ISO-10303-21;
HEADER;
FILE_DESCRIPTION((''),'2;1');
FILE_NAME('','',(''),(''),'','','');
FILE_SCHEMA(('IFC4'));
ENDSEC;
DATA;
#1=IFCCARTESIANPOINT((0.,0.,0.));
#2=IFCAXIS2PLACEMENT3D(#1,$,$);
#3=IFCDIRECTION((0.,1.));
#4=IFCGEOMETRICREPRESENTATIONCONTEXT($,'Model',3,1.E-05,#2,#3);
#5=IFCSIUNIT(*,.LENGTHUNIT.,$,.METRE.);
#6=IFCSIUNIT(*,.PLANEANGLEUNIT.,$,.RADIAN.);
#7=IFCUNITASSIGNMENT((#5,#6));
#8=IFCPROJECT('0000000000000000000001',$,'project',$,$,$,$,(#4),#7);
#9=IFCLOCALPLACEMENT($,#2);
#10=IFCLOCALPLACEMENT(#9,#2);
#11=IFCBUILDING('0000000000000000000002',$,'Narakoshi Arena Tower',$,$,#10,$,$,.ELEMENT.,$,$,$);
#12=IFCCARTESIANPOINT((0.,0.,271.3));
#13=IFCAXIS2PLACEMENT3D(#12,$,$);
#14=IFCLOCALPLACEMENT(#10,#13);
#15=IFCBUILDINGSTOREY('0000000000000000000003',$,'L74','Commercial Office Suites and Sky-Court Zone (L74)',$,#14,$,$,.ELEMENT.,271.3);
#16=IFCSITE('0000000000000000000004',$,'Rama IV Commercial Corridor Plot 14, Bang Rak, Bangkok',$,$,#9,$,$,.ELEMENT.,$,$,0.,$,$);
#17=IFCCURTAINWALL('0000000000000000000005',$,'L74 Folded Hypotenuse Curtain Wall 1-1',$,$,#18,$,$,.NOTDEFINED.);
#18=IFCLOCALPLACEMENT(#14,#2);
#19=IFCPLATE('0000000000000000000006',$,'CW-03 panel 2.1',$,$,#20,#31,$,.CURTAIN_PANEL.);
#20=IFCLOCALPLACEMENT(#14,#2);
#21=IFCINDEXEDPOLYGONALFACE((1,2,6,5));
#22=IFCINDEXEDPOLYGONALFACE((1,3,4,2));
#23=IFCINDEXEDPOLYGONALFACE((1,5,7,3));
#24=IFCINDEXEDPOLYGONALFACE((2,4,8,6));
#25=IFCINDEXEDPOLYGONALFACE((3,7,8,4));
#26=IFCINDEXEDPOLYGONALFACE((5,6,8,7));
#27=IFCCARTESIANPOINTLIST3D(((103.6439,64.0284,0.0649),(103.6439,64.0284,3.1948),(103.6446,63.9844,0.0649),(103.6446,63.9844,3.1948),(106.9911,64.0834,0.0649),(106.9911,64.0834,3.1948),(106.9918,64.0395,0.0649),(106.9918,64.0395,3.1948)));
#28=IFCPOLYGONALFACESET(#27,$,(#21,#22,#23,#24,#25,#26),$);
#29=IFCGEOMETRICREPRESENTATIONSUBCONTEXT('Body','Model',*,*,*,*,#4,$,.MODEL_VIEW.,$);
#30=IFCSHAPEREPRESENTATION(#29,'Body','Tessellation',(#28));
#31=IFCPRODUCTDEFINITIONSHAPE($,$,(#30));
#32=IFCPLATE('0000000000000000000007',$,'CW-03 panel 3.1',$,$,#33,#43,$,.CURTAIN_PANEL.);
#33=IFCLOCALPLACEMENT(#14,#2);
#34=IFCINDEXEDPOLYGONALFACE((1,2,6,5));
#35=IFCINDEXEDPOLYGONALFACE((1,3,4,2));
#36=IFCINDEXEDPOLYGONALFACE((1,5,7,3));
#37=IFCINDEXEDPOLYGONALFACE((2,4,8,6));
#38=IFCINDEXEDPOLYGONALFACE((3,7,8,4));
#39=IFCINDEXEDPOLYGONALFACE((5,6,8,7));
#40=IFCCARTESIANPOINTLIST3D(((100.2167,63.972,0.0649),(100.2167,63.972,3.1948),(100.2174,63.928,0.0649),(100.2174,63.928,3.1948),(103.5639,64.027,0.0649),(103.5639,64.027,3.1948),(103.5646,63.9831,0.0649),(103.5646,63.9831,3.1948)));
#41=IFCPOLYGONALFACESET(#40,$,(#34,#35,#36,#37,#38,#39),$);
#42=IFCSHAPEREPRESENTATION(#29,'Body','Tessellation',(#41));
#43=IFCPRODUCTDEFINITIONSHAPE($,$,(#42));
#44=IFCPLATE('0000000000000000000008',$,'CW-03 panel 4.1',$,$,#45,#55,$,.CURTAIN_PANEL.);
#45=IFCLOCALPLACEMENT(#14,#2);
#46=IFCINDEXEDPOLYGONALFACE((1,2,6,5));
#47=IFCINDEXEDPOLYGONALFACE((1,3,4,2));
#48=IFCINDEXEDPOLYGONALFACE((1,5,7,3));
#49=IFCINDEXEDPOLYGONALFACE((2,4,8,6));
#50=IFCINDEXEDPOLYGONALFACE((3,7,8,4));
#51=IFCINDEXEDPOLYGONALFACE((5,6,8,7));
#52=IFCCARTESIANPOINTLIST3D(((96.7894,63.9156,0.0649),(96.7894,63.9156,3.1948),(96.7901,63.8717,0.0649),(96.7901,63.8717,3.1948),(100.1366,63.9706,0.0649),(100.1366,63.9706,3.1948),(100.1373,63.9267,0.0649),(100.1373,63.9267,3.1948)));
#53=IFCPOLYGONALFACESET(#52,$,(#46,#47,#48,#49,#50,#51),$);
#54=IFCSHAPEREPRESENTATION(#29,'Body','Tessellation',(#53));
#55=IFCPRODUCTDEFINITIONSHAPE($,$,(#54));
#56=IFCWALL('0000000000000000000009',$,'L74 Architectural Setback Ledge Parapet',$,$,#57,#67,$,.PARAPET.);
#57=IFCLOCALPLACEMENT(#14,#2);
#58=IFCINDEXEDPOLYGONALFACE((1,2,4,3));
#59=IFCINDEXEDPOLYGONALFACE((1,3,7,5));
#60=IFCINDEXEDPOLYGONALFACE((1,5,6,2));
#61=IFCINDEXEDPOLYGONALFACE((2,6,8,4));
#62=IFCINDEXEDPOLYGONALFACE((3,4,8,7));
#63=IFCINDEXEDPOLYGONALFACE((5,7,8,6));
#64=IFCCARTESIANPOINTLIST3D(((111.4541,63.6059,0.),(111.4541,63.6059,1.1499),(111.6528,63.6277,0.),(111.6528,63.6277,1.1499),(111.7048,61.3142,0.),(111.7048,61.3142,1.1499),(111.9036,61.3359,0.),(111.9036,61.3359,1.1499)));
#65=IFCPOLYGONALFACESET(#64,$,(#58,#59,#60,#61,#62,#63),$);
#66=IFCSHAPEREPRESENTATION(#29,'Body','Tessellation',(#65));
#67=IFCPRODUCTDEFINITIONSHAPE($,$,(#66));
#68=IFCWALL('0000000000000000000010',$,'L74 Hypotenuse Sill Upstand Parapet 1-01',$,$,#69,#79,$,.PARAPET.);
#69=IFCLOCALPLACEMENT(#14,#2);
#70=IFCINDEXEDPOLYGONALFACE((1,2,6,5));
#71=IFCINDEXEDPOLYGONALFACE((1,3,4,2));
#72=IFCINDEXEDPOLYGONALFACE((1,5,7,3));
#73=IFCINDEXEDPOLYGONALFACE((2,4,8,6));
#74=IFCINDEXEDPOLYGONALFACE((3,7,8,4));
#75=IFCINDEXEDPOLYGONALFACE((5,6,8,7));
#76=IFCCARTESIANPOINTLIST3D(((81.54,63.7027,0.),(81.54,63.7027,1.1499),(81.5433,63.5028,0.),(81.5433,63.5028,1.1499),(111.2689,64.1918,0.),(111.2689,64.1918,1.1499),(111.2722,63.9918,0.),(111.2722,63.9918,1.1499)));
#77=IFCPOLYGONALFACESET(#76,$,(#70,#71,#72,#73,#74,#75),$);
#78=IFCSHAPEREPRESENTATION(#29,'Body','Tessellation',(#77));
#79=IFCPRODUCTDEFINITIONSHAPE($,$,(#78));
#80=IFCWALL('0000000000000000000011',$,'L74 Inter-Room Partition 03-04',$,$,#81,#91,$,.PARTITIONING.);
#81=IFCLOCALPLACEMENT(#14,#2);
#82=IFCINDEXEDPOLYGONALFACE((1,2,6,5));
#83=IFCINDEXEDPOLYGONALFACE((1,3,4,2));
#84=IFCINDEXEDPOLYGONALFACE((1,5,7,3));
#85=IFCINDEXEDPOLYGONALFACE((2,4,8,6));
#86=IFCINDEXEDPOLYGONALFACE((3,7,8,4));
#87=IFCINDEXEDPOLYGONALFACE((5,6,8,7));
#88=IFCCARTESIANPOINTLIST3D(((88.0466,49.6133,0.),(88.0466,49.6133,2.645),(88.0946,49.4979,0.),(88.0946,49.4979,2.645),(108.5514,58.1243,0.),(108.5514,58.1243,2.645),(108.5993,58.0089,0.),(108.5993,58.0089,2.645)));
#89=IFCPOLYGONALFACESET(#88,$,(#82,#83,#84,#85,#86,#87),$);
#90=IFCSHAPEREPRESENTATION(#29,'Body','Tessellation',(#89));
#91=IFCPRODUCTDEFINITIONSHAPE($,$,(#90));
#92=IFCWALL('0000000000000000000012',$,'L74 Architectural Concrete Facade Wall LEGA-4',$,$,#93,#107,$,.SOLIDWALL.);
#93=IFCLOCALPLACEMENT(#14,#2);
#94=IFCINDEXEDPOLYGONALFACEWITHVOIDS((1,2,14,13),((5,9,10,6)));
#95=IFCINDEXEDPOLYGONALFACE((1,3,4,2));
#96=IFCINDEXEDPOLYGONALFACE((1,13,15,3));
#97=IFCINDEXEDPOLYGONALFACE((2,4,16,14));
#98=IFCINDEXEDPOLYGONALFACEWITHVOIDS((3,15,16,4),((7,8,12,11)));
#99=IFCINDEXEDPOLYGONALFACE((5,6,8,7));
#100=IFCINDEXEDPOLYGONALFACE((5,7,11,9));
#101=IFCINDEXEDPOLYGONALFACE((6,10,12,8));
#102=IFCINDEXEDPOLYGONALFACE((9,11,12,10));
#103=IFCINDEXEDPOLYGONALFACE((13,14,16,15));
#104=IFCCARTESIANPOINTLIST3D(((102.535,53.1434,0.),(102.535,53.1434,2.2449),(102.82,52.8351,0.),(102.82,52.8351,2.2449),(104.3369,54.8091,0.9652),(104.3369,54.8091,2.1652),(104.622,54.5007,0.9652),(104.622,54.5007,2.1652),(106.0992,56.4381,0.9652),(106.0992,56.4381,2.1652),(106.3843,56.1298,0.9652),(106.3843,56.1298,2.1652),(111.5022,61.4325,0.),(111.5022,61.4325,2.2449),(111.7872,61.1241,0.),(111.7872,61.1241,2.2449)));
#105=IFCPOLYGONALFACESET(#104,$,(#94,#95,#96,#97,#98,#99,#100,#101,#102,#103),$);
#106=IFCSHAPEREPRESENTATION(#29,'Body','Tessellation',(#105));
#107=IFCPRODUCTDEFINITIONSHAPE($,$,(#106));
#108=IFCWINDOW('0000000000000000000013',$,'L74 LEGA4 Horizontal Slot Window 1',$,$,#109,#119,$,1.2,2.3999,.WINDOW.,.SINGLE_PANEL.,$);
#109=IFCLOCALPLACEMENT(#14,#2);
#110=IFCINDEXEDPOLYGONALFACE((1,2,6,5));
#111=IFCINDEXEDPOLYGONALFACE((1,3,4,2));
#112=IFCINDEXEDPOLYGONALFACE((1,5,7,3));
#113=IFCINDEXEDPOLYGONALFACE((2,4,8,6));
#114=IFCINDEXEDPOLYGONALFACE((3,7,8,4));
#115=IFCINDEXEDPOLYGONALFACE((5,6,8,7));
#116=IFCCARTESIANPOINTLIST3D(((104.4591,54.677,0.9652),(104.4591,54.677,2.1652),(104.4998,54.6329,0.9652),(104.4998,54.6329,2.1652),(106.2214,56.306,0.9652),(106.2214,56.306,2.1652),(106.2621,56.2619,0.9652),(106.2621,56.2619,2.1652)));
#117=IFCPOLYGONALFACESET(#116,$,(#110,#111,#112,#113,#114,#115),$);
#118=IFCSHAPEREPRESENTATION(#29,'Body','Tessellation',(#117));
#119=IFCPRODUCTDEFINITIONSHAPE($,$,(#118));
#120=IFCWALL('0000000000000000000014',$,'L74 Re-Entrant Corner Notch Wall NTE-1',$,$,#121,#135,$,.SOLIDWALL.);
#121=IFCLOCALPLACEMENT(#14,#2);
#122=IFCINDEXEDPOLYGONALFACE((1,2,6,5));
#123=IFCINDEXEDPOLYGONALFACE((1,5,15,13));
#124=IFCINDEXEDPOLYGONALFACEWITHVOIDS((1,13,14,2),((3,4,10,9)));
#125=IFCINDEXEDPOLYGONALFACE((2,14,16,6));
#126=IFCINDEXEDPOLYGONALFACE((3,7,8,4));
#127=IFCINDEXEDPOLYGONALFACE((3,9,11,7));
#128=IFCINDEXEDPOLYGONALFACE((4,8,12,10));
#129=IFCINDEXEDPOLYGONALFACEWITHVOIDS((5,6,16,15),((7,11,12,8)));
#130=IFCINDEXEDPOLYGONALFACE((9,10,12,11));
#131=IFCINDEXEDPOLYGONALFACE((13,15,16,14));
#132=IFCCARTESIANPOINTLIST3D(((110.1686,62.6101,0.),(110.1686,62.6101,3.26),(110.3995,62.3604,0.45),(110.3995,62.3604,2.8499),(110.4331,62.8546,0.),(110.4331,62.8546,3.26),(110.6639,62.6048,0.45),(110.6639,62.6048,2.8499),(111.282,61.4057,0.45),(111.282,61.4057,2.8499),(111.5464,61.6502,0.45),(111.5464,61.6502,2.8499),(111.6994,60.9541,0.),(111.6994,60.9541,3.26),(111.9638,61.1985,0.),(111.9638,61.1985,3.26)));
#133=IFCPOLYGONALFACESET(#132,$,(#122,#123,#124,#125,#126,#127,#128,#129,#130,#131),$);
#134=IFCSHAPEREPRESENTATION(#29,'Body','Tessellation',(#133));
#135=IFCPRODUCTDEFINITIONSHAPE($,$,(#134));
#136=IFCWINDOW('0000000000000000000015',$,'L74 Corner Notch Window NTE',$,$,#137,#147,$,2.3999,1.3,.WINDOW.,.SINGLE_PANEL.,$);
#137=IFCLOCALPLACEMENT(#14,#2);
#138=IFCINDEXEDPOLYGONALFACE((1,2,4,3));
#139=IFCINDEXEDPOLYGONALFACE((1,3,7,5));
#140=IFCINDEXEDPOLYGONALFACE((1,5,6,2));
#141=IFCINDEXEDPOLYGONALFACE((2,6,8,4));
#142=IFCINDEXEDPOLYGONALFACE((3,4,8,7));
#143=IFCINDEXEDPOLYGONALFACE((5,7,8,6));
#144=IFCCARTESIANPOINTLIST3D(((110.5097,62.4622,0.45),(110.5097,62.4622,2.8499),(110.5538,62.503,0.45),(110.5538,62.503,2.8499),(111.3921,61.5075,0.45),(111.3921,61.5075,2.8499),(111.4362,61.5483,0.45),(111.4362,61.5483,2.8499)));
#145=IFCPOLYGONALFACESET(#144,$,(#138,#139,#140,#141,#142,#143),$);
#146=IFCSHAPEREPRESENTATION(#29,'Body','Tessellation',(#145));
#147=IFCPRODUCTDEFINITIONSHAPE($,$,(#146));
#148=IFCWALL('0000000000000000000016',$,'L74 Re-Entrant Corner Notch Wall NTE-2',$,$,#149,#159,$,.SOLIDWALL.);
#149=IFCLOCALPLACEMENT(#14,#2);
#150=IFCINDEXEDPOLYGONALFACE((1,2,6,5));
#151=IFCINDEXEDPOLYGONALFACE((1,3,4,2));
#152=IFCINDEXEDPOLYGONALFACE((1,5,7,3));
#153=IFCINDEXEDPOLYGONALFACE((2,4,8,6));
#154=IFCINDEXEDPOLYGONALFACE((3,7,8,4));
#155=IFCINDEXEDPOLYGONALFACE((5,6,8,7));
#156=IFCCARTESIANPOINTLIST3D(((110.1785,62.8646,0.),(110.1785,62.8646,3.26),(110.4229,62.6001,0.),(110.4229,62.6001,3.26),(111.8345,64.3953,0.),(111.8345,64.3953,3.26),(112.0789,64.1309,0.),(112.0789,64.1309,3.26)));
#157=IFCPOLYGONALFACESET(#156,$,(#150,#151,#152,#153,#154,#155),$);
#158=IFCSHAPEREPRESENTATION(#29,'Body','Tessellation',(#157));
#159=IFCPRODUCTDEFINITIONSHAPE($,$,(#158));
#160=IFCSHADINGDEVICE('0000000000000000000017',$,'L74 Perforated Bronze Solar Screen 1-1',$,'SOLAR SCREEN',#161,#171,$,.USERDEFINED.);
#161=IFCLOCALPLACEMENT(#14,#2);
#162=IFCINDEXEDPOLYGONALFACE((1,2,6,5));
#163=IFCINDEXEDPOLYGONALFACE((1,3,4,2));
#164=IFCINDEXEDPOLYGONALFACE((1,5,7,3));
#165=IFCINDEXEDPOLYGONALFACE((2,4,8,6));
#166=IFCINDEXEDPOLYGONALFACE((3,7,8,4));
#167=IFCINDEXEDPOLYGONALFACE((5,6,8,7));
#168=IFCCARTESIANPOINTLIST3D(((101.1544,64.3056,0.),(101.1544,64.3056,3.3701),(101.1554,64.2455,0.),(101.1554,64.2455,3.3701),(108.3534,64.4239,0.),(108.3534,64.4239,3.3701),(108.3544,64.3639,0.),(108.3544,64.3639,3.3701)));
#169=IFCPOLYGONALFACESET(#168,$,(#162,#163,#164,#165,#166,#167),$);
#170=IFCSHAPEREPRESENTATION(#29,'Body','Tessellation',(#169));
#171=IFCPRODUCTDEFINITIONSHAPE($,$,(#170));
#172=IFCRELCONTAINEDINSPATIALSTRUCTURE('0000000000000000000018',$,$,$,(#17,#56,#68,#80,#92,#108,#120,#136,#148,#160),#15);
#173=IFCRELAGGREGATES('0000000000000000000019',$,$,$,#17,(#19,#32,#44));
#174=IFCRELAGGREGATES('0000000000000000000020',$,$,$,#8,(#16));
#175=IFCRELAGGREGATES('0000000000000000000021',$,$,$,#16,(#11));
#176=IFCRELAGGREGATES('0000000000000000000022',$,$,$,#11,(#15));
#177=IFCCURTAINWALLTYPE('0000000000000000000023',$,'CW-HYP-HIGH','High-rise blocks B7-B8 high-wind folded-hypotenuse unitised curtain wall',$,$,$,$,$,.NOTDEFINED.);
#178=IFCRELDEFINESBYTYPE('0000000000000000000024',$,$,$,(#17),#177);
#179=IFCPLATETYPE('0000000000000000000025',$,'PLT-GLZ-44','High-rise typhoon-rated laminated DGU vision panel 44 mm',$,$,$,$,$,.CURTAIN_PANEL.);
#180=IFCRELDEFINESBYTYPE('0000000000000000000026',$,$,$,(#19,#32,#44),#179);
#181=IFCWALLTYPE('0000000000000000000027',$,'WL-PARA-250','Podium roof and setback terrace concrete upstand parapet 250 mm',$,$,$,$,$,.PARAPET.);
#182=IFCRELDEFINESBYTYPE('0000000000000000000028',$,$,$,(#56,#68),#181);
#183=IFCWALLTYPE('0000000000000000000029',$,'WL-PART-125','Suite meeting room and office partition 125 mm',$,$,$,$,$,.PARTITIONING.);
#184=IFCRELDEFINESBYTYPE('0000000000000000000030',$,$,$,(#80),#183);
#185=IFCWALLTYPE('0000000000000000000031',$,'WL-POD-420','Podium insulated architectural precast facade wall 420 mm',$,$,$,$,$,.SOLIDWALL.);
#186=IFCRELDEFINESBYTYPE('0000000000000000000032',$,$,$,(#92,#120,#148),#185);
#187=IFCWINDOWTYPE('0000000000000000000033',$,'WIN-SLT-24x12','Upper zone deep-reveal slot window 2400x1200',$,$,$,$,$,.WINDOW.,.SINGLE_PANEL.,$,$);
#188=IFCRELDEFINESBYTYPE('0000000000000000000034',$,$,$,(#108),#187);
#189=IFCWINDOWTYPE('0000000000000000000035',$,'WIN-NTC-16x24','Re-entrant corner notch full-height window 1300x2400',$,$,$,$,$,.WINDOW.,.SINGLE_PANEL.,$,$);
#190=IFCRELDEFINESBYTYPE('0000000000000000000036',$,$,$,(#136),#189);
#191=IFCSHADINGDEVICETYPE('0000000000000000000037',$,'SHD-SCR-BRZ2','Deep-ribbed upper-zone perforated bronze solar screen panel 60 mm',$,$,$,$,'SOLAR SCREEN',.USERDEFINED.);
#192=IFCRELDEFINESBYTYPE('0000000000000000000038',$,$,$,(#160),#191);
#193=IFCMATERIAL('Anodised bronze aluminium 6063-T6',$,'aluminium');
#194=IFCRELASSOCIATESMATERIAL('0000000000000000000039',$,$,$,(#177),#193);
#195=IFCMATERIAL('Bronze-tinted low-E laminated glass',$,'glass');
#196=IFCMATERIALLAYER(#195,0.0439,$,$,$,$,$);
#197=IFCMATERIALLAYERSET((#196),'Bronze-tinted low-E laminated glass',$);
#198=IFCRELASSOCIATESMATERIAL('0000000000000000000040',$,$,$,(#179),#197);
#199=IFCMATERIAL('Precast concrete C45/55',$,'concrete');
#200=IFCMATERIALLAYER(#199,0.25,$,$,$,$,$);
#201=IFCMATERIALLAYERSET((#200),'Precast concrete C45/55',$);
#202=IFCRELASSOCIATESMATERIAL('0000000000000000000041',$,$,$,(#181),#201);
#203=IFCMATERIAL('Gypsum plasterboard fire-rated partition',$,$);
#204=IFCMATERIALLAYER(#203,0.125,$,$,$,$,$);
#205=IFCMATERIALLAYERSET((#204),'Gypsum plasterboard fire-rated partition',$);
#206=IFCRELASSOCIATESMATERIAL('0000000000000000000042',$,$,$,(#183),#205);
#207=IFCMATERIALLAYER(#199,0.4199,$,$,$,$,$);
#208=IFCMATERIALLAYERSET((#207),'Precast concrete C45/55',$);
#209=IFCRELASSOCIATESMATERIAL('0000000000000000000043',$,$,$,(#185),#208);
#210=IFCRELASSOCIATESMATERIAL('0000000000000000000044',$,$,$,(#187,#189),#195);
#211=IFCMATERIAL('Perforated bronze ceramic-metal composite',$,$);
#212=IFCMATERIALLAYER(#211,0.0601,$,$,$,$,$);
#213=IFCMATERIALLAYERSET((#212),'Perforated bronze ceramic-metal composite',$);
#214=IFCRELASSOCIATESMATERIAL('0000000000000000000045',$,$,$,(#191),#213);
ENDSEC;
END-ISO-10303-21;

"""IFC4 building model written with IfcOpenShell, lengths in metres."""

from ifc_helpers import new_model, si_unit, direction, frame, frame_2d, origin, origin_2d, place, context, subcontext, project, spatial, rectangle, extrude, material, layer, layer_set, type_object, element, fill, aggregate, save


model = new_model("IFC4")

# Units and contexts
model_context = context("Model", 3, precision=1e-05, world=origin(), true_north=direction((0.0, 1.0)))
body_context = subcontext(model_context, "Body", "Model", "MODEL_VIEW")
ifc_project = project(units=[si_unit("LENGTHUNIT", "METRE"), si_unit("PLANEANGLEUNIT", "RADIAN")], contexts=[model_context])

# Site, building, storey
site_placement = place(None, origin())
site = spatial("IfcSite", under=ifc_project, at=site_placement, Name="Rama IV Commercial Corridor Plot 14, Bang Rak, Bangkok", CompositionType="ELEMENT", RefElevation=0.0)
building_placement = place(site_placement, origin())
building = spatial("IfcBuilding", under=site, at=building_placement, Name="Narakoshi Arena Tower", CompositionType="ELEMENT")
storey_placement = place(building_placement, frame((0.0, 0.0, 271.3)))
storey = spatial("IfcBuildingStorey", under=building, at=storey_placement, Name="L74", Description="Commercial Office Suites and Sky-Court Zone (L74)", CompositionType="ELEMENT", Elevation=271.3)

# Curtain wall, plates
ifc_material_1 = material(Name="Anodised bronze aluminium 6063-T6", Category="aluminium")
curtain_wall_type = type_object("IfcCurtainWallType", Name="CW-HYP-HIGH", Description="High-rise blocks B7-B8 high-wind folded-hypotenuse unitised curtain wall", PredefinedType="NOTDEFINED", material=ifc_material_1)
curtain_wall_placement = place(storey_placement, origin())
curtain_wall = element("IfcCurtainWall", 1, at=curtain_wall_placement, inside=storey, type_object=curtain_wall_type, Name="L74 Folded Hypotenuse Curtain Wall 1-1", PredefinedType="NOTDEFINED")
ifc_material_2 = material(Name="Bronze-tinted low-E laminated glass", Category="glass")
ifc_layer_1 = layer(ifc_material_2, 0.0439)
ifc_layer_set_1 = layer_set([ifc_layer_1], Name="Bronze-tinted low-E laminated glass")
plate_type = type_object("IfcPlateType", Name="PLT-GLZ-44", Description="High-rise typhoon-rated laminated DGU vision panel 44 mm", PredefinedType="CURTAIN_PANEL", material=ifc_layer_set_1)
plate_1_placement = place(storey_placement, frame((105.3179, 64.0339, 0.0649), z_axis=(0.0, 0.0, 1.0), x_axis=(-0.999865, -0.016443, 0.0)))
plate_1 = element("IfcPlate", 2, at=plate_1_placement, type_object=plate_type, Name="CW-03 panel 2.1", PredefinedType="CURTAIN_PANEL", context=body_context, shape_type="SweptSolid", body=[
    extrude(rectangle(XDim=3.3477, YDim=0.0439, at=origin_2d()), origin(), (0.0, 0.0, 1.0), 3.1299),
])
plate_2_placement = place(storey_placement, frame((101.8906, 63.9775, 0.0649), z_axis=(0.0, 0.0, 1.0), x_axis=(-0.999865, -0.016443, 0.0)))
plate_2 = element("IfcPlate", 3, at=plate_2_placement, type_object=plate_type, Name="CW-03 panel 3.1", PredefinedType="CURTAIN_PANEL", context=body_context, shape_type="SweptSolid", body=[
    extrude(rectangle(XDim=3.3477, YDim=0.0439, at=origin_2d()), origin(), (0.0, 0.0, 1.0), 3.1299),
])
plate_3_placement = place(storey_placement, frame((98.4634, 63.9211, 0.0649), z_axis=(0.0, 0.0, 1.0), x_axis=(-0.999865, -0.016443, 0.0)))
plate_3 = element("IfcPlate", 4, at=plate_3_placement, type_object=plate_type, Name="CW-03 panel 4.1", PredefinedType="CURTAIN_PANEL", context=body_context, shape_type="SweptSolid", body=[
    extrude(rectangle(XDim=3.3477, YDim=0.0439, at=origin_2d()), origin(), (0.0, 0.0, 1.0), 3.1299),
])
aggregate(curtain_wall, [plate_1, plate_2, plate_3])

# Walls
ifc_material_3 = material(Name="Precast concrete C45/55", Category="concrete")
ifc_layer_2 = layer(ifc_material_3, 0.25)
ifc_layer_set_2 = layer_set([ifc_layer_2], Name="Precast concrete C45/55")
wall_type_1 = type_object("IfcWallType", Name="WL-PARA-250", Description="Podium roof and setback terrace concrete upstand parapet 250 mm", PredefinedType="PARAPET", material=ifc_layer_set_2)
wall_1_placement = place(storey_placement, frame((111.8042, 61.325, 0.0), z_axis=(0.0, 0.0, 1.0), x_axis=(-0.108758, 0.994068, 0.0)))
element("IfcWall", 5, at=wall_1_placement, inside=storey, type_object=wall_type_1, Name="L74 Architectural Setback Ledge Parapet", PredefinedType="PARAPET", context=body_context, shape_type="SweptSolid", body=[
    extrude(rectangle(XDim=2.3054, YDim=0.2, at=frame_2d((1.1528, 0.0))), origin(), (0.0, 0.0, 1.0), 1.1499),
])
wall_2_placement = place(storey_placement, frame((111.2705, 64.0918, 0.0), z_axis=(0.0, 0.0, 1.0), x_axis=(-0.999865, -0.016447, 0.0)))
element("IfcWall", 6, at=wall_2_placement, inside=storey, type_object=wall_type_1, Name="L74 Hypotenuse Sill Upstand Parapet 1-01", PredefinedType="PARAPET", context=body_context, shape_type="SweptSolid", body=[
    extrude(rectangle(XDim=29.7329, YDim=0.2, at=frame_2d((14.8665, 0.0))), origin(), (0.0, 0.0, 1.0), 1.1499),
])
ifc_material_4 = material(Name="Gypsum plasterboard fire-rated partition")
ifc_layer_3 = layer(ifc_material_4, 0.125)
ifc_layer_set_3 = layer_set([ifc_layer_3], Name="Gypsum plasterboard fire-rated partition")
wall_type_2 = type_object("IfcWallType", Name="WL-PART-125", Description="Suite meeting room and office partition 125 mm", PredefinedType="PARTITIONING", material=ifc_layer_set_3)
wall_3_placement = place(storey_placement, frame((108.5754, 58.0667, 0.0), z_axis=(0.0, 0.0, 1.0), x_axis=(-0.923598, -0.383363, 0.0)))
element("IfcWall", 7, at=wall_3_placement, inside=storey, type_object=wall_type_2, Name="L74 Inter-Room Partition 03-04", PredefinedType="PARTITIONING", context=body_context, shape_type="SweptSolid", body=[
    extrude(rectangle(XDim=22.2009, YDim=0.125, at=frame_2d((11.1006, 0.0))), origin(), (0.0, 0.0, 1.0), 2.645),
])

# Walls, openings, windows
ifc_layer_4 = layer(ifc_material_3, 0.4199)
ifc_layer_set_4 = layer_set([ifc_layer_4], Name="Precast concrete C45/55")
wall_type_3 = type_object("IfcWallType", Name="WL-POD-420", Description="Podium insulated architectural precast facade wall 420 mm", PredefinedType="SOLIDWALL", material=ifc_layer_set_4)
wall_4_placement = place(storey_placement, frame((102.6775, 52.9893, 0.0), z_axis=(0.0, 0.0, 1.0), x_axis=(0.734331, 0.678791, 0.0)))
wall_4 = element("IfcWall", 8, at=wall_4_placement, inside=storey, type_object=wall_type_3, Name="L74 Architectural Concrete Facade Wall LEGA-4", PredefinedType="SOLIDWALL", context=body_context, shape_type="SweptSolid", body=[
    extrude(rectangle(XDim=12.2114, YDim=0.4199, at=frame_2d((6.1057, 0.0))), origin(), (0.0, 0.0, 1.0), 2.2449),
])
opening_1_placement = place(wall_4_placement, frame((2.4539, 0.0, 0.9651)))
opening_1 = element("IfcOpeningElement", 9, at=opening_1_placement, cuts=wall_4, PredefinedType="OPENING", context=body_context, shape_type="SweptSolid", body=[
    extrude(rectangle(XDim=2.3999, YDim=1.2, at=frame_2d((1.2, 0.6001))), frame((0.0, 0.22, 0.0), z_axis=(0.0, -1.0, 0.0), x_axis=(1.0, 0.0, 0.0)), (0.0, 0.0, 1.0), 0.4399),
])
window_type_1 = type_object("IfcWindowType", Name="WIN-SLT-24x12", Description="Upper zone deep-reveal slot window 2400x1200", PartitioningType="SINGLE_PANEL", PredefinedType="WINDOW", material=ifc_material_2)
window_1_placement = place(opening_1_placement, origin())
window_1 = element("IfcWindow", 10, at=window_1_placement, inside=storey, type_object=window_type_1, Name="L74 LEGA4 Horizontal Slot Window 1", OverallHeight=1.2, OverallWidth=2.3999, PartitioningType="SINGLE_PANEL", PredefinedType="WINDOW", context=body_context, shape_type="SweptSolid", body=[
    extrude(rectangle(XDim=2.3999, YDim=1.2, at=frame_2d((1.2, 0.6001))), frame((0.0, 0.03, 0.0), z_axis=(0.0, -1.0, 0.0), x_axis=(1.0, 0.0, 0.0)), (0.0, 0.0, 1.0), 0.0601),
])
fill(opening_1, window_1)
wall_5_placement = place(storey_placement, frame((111.8315, 61.0764, 0.0), z_axis=(0.0, 0.0, 1.0), x_axis=(-0.678793, 0.73433, 0.0)))
wall_5 = element("IfcWall", 11, at=wall_5_placement, inside=storey, type_object=wall_type_3, Name="L74 Re-Entrant Corner Notch Wall NTE-1", PredefinedType="SOLIDWALL", context=body_context, shape_type="SweptSolid", body=[
    extrude(rectangle(XDim=2.2551, YDim=0.3601, at=frame_2d((1.1274, 0.0))), origin(), (0.0, 0.0, 1.0), 3.26),
])
opening_2_placement = place(wall_5_placement, frame((0.615, 0.0, 0.45)))
opening_2 = element("IfcOpeningElement", 12, at=opening_2_placement, cuts=wall_5, PredefinedType="OPENING", context=body_context, shape_type="SweptSolid", body=[
    extrude(rectangle(XDim=1.3, YDim=2.3999, at=frame_2d((0.6499, 1.2))), frame((0.0, 0.1899, 0.0), z_axis=(0.0, -1.0, 0.0), x_axis=(1.0, 0.0, 0.0)), (0.0, 0.0, 1.0), 0.3801),
])
window_type_2 = type_object("IfcWindowType", Name="WIN-NTC-16x24", Description="Re-entrant corner notch full-height window 1300x2400", PartitioningType="SINGLE_PANEL", PredefinedType="WINDOW", material=ifc_material_2)
window_2_placement = place(opening_2_placement, origin())
window_2 = element("IfcWindow", 13, at=window_2_placement, inside=storey, type_object=window_type_2, Name="L74 Corner Notch Window NTE", OverallHeight=2.3999, OverallWidth=1.3, PartitioningType="SINGLE_PANEL", PredefinedType="WINDOW", context=body_context, shape_type="SweptSolid", body=[
    extrude(rectangle(XDim=1.3, YDim=2.3999, at=frame_2d((0.6499, 1.2))), frame((0.0, 0.03, 0.0), z_axis=(0.0, -1.0, 0.0), x_axis=(1.0, 0.0, 0.0)), (0.0, 0.0, 1.0), 0.0601),
])
fill(opening_2, window_2)

# Wall
wall_6_placement = place(storey_placement, frame((110.3008, 62.7324, 0.0), z_axis=(0.0, 0.0, 1.0), x_axis=(0.73433, 0.678793, 0.0)))
element("IfcWall", 14, at=wall_6_placement, inside=storey, type_object=wall_type_3, Name="L74 Re-Entrant Corner Notch Wall NTE-2", PredefinedType="SOLIDWALL", context=body_context, shape_type="SweptSolid", body=[
    extrude(rectangle(XDim=2.2551, YDim=0.3601, at=frame_2d((1.1274, 0.0))), origin(), (0.0, 0.0, 1.0), 3.26),
])

# Shading device
ifc_material_5 = material(Name="Perforated bronze ceramic-metal composite")
ifc_layer_5 = layer(ifc_material_5, 0.0601)
ifc_layer_set_5 = layer_set([ifc_layer_5], Name="Perforated bronze ceramic-metal composite")
shading_device_type = type_object("IfcShadingDeviceType", Name="SHD-SCR-BRZ2", Description="Deep-ribbed upper-zone perforated bronze solar screen panel 60 mm", ElementType="SOLAR SCREEN", PredefinedType="USERDEFINED", material=ifc_layer_set_5)
shading_device_placement = place(storey_placement, frame((104.7544, 64.3347, 0.0), z_axis=(0.0, 0.0, 1.0), x_axis=(-0.999865, -0.01644, 0.0)))
element("IfcShadingDevice", 15, at=shading_device_placement, inside=storey, type_object=shading_device_type, Name="L74 Perforated Bronze Solar Screen 1-1", ObjectType="SOLAR SCREEN", PredefinedType="USERDEFINED", context=body_context, shape_type="SweptSolid", body=[
    extrude(rectangle(XDim=7.2, YDim=0.0601, at=origin_2d()), origin(), (0.0, 0.0, 1.0), 3.3701),
])

save(model, "model.ifc")
